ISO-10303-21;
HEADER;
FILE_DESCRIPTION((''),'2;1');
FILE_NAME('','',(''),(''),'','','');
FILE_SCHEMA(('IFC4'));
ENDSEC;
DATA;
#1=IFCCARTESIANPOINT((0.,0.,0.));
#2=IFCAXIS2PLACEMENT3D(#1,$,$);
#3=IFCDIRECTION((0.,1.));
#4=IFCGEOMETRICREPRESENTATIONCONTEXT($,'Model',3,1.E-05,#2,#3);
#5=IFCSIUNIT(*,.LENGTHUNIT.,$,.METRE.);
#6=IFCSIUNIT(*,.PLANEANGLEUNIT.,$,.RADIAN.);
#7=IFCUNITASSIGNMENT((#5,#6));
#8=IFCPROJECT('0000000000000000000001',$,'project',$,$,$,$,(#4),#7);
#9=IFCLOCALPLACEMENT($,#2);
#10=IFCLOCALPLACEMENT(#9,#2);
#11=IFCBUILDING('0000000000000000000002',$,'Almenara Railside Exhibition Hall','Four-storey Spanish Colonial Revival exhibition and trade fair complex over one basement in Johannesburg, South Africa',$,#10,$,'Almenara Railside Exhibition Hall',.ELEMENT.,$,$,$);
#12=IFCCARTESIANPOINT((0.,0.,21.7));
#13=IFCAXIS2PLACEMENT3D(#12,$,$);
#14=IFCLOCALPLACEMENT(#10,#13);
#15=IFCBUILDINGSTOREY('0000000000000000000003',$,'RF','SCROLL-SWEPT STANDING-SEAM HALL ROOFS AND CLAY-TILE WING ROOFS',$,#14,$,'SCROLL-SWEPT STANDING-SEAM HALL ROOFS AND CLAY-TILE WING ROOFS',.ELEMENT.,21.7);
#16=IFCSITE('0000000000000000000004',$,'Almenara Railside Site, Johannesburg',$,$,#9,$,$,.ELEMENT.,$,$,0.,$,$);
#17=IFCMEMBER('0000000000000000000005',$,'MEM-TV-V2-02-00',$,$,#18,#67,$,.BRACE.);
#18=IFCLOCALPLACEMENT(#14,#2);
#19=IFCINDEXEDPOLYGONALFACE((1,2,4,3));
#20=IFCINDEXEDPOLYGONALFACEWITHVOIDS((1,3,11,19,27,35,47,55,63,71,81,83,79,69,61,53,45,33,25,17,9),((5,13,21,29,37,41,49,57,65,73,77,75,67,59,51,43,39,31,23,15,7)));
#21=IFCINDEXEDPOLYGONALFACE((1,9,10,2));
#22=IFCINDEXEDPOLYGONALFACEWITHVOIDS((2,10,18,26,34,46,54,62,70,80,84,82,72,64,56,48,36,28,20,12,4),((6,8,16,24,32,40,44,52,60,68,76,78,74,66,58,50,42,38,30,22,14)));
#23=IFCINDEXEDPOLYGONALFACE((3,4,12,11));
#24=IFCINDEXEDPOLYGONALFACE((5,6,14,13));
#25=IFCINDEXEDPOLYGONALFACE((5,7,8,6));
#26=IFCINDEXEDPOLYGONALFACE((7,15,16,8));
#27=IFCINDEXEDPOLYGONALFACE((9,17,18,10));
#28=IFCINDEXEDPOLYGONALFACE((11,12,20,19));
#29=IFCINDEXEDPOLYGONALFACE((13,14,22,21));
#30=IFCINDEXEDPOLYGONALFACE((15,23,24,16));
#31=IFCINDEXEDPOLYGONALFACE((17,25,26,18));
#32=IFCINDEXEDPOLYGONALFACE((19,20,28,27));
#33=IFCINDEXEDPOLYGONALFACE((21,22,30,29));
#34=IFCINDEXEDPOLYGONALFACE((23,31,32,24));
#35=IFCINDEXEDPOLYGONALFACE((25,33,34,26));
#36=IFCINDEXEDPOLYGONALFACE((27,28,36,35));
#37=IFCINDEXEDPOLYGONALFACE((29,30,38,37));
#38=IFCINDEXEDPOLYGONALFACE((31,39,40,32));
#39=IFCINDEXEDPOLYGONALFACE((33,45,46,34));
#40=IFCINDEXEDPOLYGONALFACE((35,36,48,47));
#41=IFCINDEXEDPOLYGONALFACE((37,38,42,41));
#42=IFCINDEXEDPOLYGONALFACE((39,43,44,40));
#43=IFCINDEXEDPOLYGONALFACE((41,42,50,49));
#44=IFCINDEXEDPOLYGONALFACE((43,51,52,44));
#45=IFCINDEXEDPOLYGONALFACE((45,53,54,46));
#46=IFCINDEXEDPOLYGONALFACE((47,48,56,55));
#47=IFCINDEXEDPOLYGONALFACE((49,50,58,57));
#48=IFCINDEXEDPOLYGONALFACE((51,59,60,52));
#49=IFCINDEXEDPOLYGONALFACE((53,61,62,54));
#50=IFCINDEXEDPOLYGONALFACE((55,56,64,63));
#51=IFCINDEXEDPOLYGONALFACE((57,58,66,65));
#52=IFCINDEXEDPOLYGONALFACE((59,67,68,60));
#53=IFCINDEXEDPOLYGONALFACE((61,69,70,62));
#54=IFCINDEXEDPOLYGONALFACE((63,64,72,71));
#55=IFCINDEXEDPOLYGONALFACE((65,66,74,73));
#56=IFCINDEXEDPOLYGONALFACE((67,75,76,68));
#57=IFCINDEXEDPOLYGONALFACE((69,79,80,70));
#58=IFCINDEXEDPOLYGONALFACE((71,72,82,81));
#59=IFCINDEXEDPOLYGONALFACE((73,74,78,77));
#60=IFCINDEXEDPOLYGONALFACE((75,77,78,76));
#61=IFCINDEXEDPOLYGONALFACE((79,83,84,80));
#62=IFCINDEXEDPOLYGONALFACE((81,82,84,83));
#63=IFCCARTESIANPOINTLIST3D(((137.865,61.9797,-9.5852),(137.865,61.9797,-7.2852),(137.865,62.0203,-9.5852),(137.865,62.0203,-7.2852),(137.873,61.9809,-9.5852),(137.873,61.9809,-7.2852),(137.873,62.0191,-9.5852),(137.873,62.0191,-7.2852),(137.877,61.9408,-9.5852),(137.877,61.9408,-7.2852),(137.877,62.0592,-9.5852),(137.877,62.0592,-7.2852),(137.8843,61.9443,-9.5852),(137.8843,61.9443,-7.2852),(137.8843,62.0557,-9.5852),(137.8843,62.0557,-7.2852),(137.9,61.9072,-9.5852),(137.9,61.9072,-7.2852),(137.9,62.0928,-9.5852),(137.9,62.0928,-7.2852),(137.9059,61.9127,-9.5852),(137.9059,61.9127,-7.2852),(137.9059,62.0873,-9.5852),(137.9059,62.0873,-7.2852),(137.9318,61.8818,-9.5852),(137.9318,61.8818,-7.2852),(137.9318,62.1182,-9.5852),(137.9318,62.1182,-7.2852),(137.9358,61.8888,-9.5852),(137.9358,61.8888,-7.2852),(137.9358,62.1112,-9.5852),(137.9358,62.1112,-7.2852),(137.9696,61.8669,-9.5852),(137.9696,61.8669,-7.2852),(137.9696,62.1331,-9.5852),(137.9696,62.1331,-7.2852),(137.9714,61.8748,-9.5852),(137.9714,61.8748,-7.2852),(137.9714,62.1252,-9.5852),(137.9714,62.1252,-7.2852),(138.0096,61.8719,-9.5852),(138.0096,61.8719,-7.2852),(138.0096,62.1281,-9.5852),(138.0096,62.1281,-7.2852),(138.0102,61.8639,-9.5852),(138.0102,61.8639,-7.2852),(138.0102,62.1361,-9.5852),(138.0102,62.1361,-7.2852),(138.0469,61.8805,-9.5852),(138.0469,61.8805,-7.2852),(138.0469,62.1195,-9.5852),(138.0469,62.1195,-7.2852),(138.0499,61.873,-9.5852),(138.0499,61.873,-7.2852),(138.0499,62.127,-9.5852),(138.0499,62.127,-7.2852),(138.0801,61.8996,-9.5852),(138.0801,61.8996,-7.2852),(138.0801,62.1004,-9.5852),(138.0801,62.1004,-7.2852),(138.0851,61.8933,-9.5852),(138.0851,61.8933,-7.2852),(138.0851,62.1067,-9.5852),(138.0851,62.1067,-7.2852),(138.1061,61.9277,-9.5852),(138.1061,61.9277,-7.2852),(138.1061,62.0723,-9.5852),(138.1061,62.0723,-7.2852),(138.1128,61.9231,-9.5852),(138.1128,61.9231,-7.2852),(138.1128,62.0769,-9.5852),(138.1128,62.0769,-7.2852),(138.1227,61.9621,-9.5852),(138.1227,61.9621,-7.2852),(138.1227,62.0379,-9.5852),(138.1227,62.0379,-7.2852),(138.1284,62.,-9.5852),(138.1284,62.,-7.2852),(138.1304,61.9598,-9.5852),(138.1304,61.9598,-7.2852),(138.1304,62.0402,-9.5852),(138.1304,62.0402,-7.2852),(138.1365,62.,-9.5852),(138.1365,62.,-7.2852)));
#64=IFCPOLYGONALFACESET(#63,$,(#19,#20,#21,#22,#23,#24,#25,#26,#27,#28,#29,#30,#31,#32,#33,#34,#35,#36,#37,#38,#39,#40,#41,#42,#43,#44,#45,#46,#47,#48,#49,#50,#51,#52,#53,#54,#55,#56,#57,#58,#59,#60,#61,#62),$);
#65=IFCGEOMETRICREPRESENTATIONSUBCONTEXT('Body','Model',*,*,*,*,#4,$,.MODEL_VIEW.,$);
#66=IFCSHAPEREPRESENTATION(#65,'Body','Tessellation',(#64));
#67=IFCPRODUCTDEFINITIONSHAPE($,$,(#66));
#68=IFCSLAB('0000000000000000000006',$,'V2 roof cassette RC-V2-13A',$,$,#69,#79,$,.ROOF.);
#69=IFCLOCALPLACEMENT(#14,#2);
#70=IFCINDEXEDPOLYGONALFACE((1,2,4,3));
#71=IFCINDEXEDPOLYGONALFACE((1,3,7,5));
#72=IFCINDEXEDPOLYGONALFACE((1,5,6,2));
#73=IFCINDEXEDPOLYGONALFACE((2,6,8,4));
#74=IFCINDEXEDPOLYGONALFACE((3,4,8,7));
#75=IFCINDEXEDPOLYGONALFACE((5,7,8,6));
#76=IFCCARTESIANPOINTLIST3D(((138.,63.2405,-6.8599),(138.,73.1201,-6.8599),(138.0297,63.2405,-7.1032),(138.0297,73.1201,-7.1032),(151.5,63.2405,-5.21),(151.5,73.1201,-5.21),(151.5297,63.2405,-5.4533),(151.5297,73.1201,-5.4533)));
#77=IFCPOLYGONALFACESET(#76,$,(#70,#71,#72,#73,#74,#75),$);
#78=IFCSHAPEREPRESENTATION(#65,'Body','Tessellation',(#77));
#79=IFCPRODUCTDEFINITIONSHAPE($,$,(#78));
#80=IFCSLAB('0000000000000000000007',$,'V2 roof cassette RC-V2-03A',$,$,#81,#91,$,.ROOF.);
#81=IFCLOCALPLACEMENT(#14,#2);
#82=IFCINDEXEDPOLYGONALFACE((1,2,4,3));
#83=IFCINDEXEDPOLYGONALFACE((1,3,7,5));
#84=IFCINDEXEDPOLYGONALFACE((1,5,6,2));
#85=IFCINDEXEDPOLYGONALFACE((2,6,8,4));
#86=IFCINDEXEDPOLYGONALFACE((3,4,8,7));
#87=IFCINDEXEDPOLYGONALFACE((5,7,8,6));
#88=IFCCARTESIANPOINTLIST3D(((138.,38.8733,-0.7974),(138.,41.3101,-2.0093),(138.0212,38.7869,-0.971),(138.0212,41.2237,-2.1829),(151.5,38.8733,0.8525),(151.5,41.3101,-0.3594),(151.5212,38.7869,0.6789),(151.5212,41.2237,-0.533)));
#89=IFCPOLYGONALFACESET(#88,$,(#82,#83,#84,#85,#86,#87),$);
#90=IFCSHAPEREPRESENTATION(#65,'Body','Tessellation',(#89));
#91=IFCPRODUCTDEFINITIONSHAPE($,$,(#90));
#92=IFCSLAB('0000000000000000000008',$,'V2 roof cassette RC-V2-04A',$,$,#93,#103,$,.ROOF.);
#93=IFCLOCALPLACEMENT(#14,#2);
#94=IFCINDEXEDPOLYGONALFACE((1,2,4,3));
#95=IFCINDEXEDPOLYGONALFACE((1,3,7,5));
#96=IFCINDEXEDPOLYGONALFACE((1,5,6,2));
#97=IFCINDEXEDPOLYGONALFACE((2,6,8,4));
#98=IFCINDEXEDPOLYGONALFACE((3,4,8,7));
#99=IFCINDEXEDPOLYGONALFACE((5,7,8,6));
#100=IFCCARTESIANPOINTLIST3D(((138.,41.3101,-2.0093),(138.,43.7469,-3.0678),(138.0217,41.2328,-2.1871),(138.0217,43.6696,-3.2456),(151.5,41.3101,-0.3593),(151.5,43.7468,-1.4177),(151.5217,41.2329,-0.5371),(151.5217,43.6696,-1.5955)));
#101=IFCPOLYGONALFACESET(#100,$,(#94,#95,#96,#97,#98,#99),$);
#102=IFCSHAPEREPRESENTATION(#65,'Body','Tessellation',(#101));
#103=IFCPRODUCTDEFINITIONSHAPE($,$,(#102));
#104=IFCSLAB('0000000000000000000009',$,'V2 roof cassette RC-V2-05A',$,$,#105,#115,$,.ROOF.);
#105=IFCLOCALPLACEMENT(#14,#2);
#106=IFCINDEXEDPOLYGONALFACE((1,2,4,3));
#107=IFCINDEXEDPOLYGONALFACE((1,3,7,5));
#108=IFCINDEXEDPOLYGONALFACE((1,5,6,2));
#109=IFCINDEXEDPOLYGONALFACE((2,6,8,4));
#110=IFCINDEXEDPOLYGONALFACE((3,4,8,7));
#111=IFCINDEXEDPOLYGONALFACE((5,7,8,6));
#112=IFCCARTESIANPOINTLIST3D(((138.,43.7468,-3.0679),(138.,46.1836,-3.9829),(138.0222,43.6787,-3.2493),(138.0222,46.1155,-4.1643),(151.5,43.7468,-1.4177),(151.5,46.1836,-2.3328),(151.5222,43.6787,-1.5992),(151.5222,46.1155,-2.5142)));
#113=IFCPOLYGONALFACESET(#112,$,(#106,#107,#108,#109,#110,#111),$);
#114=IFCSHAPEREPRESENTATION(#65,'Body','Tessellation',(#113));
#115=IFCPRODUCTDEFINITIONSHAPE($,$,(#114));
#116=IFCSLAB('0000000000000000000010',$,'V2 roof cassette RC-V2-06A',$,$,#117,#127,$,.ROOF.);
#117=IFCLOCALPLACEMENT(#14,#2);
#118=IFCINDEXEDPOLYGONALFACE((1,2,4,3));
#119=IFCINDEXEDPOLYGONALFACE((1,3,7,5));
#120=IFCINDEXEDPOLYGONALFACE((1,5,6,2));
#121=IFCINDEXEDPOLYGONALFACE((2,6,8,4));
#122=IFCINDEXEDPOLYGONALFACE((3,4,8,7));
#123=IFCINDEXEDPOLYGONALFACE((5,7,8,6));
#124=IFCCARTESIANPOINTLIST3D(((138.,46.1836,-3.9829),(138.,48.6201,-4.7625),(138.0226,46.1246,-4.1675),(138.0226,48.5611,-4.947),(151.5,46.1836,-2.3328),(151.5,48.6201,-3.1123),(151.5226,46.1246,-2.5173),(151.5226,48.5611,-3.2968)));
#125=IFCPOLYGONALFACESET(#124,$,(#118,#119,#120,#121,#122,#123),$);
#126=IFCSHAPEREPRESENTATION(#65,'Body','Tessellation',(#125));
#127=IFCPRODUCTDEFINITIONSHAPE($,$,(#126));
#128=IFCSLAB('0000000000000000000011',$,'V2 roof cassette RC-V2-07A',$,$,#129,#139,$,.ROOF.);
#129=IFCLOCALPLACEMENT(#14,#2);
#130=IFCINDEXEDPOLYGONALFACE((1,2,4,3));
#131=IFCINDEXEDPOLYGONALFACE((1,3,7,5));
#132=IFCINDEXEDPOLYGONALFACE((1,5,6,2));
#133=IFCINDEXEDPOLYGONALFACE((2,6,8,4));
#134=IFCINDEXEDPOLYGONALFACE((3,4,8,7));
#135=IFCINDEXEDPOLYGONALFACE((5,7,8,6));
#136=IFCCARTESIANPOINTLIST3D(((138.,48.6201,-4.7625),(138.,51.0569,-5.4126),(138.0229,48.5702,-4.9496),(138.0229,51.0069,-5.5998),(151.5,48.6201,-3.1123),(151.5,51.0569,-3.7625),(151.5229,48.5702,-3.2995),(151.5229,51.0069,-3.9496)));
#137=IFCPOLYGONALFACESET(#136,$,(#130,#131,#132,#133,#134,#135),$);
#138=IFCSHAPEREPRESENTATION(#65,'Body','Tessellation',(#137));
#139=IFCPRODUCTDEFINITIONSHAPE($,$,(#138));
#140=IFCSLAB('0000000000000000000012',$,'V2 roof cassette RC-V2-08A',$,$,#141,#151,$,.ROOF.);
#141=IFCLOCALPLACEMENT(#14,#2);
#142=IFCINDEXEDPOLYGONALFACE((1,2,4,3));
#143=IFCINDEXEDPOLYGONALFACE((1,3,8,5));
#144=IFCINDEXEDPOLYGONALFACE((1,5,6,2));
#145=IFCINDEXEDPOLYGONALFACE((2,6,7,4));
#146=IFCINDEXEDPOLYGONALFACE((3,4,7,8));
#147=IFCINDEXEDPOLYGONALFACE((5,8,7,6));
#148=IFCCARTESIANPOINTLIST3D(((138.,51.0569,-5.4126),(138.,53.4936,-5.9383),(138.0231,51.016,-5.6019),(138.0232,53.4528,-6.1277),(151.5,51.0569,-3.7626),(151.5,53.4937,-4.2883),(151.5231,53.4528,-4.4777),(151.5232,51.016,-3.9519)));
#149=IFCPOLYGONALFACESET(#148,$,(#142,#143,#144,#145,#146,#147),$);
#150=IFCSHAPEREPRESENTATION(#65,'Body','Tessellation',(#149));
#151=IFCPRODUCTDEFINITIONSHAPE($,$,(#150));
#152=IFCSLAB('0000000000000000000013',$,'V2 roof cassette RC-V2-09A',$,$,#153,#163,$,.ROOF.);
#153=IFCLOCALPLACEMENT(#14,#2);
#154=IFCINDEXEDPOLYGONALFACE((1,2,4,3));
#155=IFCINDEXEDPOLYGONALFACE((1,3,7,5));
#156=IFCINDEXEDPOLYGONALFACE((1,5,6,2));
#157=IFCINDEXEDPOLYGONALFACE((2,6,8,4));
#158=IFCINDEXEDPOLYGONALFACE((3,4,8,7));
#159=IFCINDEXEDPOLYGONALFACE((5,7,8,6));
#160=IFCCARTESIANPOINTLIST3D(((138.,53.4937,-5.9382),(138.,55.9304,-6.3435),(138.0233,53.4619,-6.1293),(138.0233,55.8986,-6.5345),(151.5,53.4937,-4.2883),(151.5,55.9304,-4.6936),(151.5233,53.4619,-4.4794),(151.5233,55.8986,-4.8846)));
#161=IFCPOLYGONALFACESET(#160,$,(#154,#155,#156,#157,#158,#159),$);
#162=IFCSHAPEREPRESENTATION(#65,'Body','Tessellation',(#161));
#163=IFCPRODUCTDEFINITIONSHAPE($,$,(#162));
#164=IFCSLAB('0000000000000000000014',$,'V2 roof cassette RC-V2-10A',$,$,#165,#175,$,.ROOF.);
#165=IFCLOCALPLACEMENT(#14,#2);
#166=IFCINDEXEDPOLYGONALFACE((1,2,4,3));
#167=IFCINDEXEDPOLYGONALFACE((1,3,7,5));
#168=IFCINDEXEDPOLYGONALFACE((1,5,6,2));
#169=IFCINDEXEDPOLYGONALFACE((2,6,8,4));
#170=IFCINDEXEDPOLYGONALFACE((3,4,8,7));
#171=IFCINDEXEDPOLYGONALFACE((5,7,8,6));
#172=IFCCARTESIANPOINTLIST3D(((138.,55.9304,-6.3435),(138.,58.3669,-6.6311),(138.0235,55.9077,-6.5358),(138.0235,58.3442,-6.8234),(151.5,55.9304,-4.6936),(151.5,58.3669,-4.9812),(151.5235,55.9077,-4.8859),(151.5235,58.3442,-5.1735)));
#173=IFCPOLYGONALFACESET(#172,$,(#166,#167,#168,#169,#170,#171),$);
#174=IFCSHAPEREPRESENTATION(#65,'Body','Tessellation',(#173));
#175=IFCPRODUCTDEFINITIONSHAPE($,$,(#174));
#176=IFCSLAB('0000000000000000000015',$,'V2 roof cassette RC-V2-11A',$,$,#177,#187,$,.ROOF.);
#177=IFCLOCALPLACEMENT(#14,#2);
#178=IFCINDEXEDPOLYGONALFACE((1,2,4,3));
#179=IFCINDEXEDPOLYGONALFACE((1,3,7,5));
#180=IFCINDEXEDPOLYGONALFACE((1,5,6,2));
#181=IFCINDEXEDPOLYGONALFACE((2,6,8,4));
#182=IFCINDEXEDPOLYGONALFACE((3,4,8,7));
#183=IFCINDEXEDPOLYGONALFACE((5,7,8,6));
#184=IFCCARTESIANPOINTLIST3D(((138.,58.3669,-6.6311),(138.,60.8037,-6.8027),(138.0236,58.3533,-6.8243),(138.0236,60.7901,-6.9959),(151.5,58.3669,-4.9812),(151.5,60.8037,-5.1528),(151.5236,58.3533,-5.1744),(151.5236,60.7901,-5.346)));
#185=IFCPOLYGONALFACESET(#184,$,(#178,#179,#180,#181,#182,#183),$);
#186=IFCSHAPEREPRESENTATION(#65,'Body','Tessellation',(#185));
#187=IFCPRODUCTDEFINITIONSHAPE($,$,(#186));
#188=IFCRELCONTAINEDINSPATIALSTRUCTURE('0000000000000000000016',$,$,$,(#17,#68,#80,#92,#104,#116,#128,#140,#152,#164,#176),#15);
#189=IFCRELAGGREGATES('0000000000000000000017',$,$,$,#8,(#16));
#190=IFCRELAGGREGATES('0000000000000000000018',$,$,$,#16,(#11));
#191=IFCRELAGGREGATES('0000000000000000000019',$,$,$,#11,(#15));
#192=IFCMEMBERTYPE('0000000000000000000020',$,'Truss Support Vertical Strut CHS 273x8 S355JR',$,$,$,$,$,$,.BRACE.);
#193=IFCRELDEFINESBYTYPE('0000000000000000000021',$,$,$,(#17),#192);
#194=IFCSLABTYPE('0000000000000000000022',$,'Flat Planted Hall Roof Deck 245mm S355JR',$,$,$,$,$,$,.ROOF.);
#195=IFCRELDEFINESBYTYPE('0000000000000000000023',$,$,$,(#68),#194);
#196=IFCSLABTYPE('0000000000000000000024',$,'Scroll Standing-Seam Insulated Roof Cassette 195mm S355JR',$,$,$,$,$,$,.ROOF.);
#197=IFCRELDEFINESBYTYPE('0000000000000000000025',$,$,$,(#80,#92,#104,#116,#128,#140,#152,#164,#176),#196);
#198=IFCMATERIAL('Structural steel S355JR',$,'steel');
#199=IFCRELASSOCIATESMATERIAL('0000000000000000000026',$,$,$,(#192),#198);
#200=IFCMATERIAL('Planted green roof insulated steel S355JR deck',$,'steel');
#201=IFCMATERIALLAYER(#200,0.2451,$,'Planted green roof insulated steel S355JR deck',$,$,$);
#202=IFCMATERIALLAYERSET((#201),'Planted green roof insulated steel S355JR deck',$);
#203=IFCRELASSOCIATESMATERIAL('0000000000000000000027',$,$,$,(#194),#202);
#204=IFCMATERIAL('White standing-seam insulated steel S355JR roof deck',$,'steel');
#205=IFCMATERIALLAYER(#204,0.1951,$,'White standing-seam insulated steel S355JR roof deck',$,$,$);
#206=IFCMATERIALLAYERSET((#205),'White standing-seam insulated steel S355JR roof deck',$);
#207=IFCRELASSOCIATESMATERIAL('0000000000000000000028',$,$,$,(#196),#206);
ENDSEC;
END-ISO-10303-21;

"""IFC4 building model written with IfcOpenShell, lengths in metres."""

from ifc_helpers import new_model, si_unit, direction, frame, origin, origin_2d, place, context, subcontext, project, spatial, polyline, hollow_circle, outline, extrude, material, layer, layer_set, material_profile, profile_set, type_object, element, save


model = new_model("IFC4")

# Units and contexts
model_context = context("Model", 3, precision=1e-05, world=origin(), true_north=direction((0.0, 1.0)))
body_context = subcontext(model_context, "Body", "Model", "MODEL_VIEW")
ifc_project = project(units=[si_unit("LENGTHUNIT", "METRE"), si_unit("PLANEANGLEUNIT", "RADIAN")], contexts=[model_context])

# Site, building, storey
site_placement = place(None, origin())
site = spatial("IfcSite", under=ifc_project, at=site_placement, Name="Almenara Railside Site, Johannesburg", CompositionType="ELEMENT", RefElevation=0.0)
building_placement = place(site_placement, origin())
building = spatial("IfcBuilding", under=site, at=building_placement, Name="Almenara Railside Exhibition Hall", Description="Four-storey Spanish Colonial Revival exhibition and trade fair complex over one basement in Johannesburg, South Africa", LongName="Almenara Railside Exhibition Hall", CompositionType="ELEMENT")
storey_placement = place(building_placement, frame((0.0, 0.0, 21.7)))
storey = spatial("IfcBuildingStorey", under=building, at=storey_placement, Name="RF", Description="SCROLL-SWEPT STANDING-SEAM HALL ROOFS AND CLAY-TILE WING ROOFS", LongName="SCROLL-SWEPT STANDING-SEAM HALL ROOFS AND CLAY-TILE WING ROOFS", CompositionType="ELEMENT", Elevation=21.7)

# Shared definitions
ifc_material_1 = material(Name="Structural steel S355JR", Category="steel")

# Member
ifc_material_profile_1 = material_profile(ifc_material_1, hollow_circle(Radius=0.1365, WallThickness=0.0081, at=origin_2d()), Name="CHS 273x8")
ifc_profile_set_1 = profile_set([ifc_material_profile_1], Name="Structural steel S355JR")
member_type_1 = type_object("IfcMemberType", Name="Truss Support Vertical Strut CHS 273x8 S355JR", PredefinedType="BRACE", material=ifc_profile_set_1)
for number, where, z_axis, x_axis, name in (
    (1, (138.0, 62.0, -9.5852), (0.0, 0.0, 1.0), (1.0, 0.0, 0.0), "MEM-TV-V2-02-00"),
):
    element("IfcMember", number, at=place(storey_placement, frame(where, z_axis=z_axis, x_axis=x_axis)), inside=storey, type_object=member_type_1, Name=name, PredefinedType="BRACE", context=body_context, shape_type="SweptSolid", body=[
        extrude(hollow_circle(Radius=0.1365, WallThickness=0.0081, at=origin_2d()), origin(), (0.0, 0.0, 1.0), 2.3),
    ])

# Slabs
ifc_material_2 = material(Name="Planted green roof insulated steel S355JR deck", Category="steel")
ifc_layer_1 = layer(ifc_material_2, 0.2451, Name="Planted green roof insulated steel S355JR deck")
ifc_layer_set_1 = layer_set([ifc_layer_1], Name="Planted green roof insulated steel S355JR deck")
slab_type_1 = type_object("IfcSlabType", Name="Flat Planted Hall Roof Deck 245mm S355JR", PredefinedType="ROOF", material=ifc_layer_set_1)
slab_1_placement = place(storey_placement, frame((138.0, 63.2405, -6.8599), z_axis=(-0.121312, 0.0, 0.992614), x_axis=(0.992614, 0.0, 0.121312)))
element("IfcSlab", 2, at=slab_1_placement, inside=storey, type_object=slab_type_1, Name="V2 roof cassette RC-V2-13A", PredefinedType="ROOF", context=body_context, shape_type="SweptSolid", body=[
    extrude(outline(polyline([(0.0, 0.0), (13.6004, 0.0), (13.6004, 9.8796), (0.0, 9.8796), (0.0, 0.0)])), origin(), (0.0, 0.0, -1.0), 0.2451),
])
ifc_material_3 = material(Name="White standing-seam insulated steel S355JR roof deck", Category="steel")
ifc_layer_2 = layer(ifc_material_3, 0.1951, Name="White standing-seam insulated steel S355JR roof deck")
ifc_layer_set_2 = layer_set([ifc_layer_2], Name="White standing-seam insulated steel S355JR roof deck")
slab_type_2 = type_object("IfcSlabType", Name="Scroll Standing-Seam Insulated Roof Cassette 195mm S355JR", PredefinedType="ROOF", material=ifc_layer_set_2)
slab_2_placement = place(storey_placement, frame((138.0, 38.8733, -0.7974), z_axis=(-0.108779, 0.442668, 0.890063), x_axis=(0.992614, 0.0, 0.121312)))
element("IfcSlab", 3, at=slab_2_placement, inside=storey, type_object=slab_type_2, Name="V2 roof cassette RC-V2-03A", PredefinedType="ROOF", context=body_context, shape_type="SweptSolid", body=[
    extrude(outline(polyline([(0.0, 0.0), (13.6004, 0.0), (13.4534, 2.7175), (-0.147, 2.7175), (0.0, 0.0)])), origin(), (0.0, 0.0, -1.0), 0.1951),
])
slab_3_placement = place(storey_placement, frame((138.0, 41.3101, -2.0093), z_axis=(-0.111407, 0.395932, 0.911497), x_axis=(0.992613, 0.000003, 0.12132)))
element("IfcSlab", 4, at=slab_3_placement, inside=storey, type_object=slab_type_2, Name="V2 roof cassette RC-V2-04A", PredefinedType="ROOF", context=body_context, shape_type="SweptSolid", body=[
    extrude(outline(polyline([(0.0, 0.0), (13.6004, 0.0), (13.4721, 2.6536), (-0.1284, 2.6537), (0.0, 0.0)])), origin(), (0.0, 0.0, -1.0), 0.1951),
])
slab_4_placement = place(storey_placement, frame((138.0, 43.7468, -3.0679), z_axis=(-0.113689, 0.349266, 0.930101), x_axis=(0.992612, 0.0, 0.12133)))
element("IfcSlab", 5, at=slab_4_placement, inside=storey, type_object=slab_type_2, Name="V2 roof cassette RC-V2-05A", PredefinedType="ROOF", context=body_context, shape_type="SweptSolid", body=[
    extrude(outline(polyline([(0.0, 0.0), (13.6005, 0.0), (13.4895, 2.6005), (-0.111, 2.6005), (0.0, 0.0)])), origin(), (0.0, 0.0, -1.0), 0.1951),
])
slab_5_placement = place(storey_placement, frame((138.0, 46.1836, -3.9829), z_axis=(-0.115639, 0.302679, 0.946051), x_axis=(0.992612, 0.0, 0.12133)))
element("IfcSlab", 6, at=slab_5_placement, inside=storey, type_object=slab_type_2, Name="V2 roof cassette RC-V2-06A", PredefinedType="ROOF", context=body_context, shape_type="SweptSolid", body=[
    extrude(outline(polyline([(0.0, 0.0), (13.6005, 0.0), (13.5059, 2.5564), (-0.0946, 2.5564), (0.0, 0.0)])), origin(), (0.0, 0.0, -1.0), 0.1951),
])
slab_6_placement = place(storey_placement, frame((138.0, 48.6201, -4.7625), z_axis=(-0.117287, 0.25601, 0.959533), x_axis=(0.992612, 0.0, 0.12133)))
element("IfcSlab", 7, at=slab_6_placement, inside=storey, type_object=slab_type_2, Name="V2 roof cassette RC-V2-07A", PredefinedType="ROOF", context=body_context, shape_type="SweptSolid", body=[
    extrude(outline(polyline([(0.0, 0.0), (13.6005, 0.0), (13.5216, 2.5208), (-0.0789, 2.5208), (0.0, 0.0)])), origin(), (0.0, 0.0, -1.0), 0.1951),
])
slab_7_placement = place(storey_placement, frame((138.0, 51.0569, -5.4126), z_axis=(-0.118631, 0.209417, 0.970603), x_axis=(0.992613, -0.000002, 0.121322)))
element("IfcSlab", 8, at=slab_7_placement, inside=storey, type_object=slab_type_2, Name="V2 roof cassette RC-V2-08A", PredefinedType="ROOF", context=body_context, shape_type="SweptSolid", body=[
    extrude(outline(polyline([(0.0, 0.0), (13.6005, 0.0), (13.5367, 2.4921), (-0.0638, 2.492), (0.0, 0.0)])), origin(), (0.0, 0.0, -1.0), 0.1951),
])
slab_8_placement = place(storey_placement, frame((138.0, 53.4937, -5.9382), z_axis=(-0.119692, 0.162883, 0.979358), x_axis=(0.992614, 0.0, 0.121312)))
element("IfcSlab", 9, at=slab_8_placement, inside=storey, type_object=slab_type_2, Name="V2 roof cassette RC-V2-09A", PredefinedType="ROOF", context=body_context, shape_type="SweptSolid", body=[
    extrude(outline(polyline([(0.0, 0.0), (13.6004, 0.0), (13.5513, 2.4698), (-0.0492, 2.4698), (0.0, 0.0)])), origin(), (0.0, 0.0, -1.0), 0.1951),
])
slab_9_placement = place(storey_placement, frame((138.0, 55.9304, -6.3435), z_axis=(-0.120488, 0.116368, 0.985871), x_axis=(0.992614, 0.0, 0.121312)))
element("IfcSlab", 10, at=slab_9_placement, inside=storey, type_object=slab_type_2, Name="V2 roof cassette RC-V2-10A", PredefinedType="ROOF", context=body_context, shape_type="SweptSolid", body=[
    extrude(outline(polyline([(0.0, 0.0), (13.6004, 0.0), (13.5656, 2.4532), (-0.0349, 2.4532), (0.0, 0.0)])), origin(), (0.0, 0.0, -1.0), 0.1951),
])
slab_10_placement = place(storey_placement, frame((138.0, 58.3669, -6.6311), z_axis=(-0.121017, 0.069743, 0.990197), x_axis=(0.992614, 0.0, 0.121312)))
element("IfcSlab", 11, at=slab_10_placement, inside=storey, type_object=slab_type_2, Name="V2 roof cassette RC-V2-11A", PredefinedType="ROOF", context=body_context, shape_type="SweptSolid", body=[
    extrude(outline(polyline([(0.0, 0.0), (13.6004, 0.0), (13.5796, 2.4427), (-0.0208, 2.4427), (0.0, 0.0)])), origin(), (0.0, 0.0, -1.0), 0.1951),
])

save(model, "model.ifc")
